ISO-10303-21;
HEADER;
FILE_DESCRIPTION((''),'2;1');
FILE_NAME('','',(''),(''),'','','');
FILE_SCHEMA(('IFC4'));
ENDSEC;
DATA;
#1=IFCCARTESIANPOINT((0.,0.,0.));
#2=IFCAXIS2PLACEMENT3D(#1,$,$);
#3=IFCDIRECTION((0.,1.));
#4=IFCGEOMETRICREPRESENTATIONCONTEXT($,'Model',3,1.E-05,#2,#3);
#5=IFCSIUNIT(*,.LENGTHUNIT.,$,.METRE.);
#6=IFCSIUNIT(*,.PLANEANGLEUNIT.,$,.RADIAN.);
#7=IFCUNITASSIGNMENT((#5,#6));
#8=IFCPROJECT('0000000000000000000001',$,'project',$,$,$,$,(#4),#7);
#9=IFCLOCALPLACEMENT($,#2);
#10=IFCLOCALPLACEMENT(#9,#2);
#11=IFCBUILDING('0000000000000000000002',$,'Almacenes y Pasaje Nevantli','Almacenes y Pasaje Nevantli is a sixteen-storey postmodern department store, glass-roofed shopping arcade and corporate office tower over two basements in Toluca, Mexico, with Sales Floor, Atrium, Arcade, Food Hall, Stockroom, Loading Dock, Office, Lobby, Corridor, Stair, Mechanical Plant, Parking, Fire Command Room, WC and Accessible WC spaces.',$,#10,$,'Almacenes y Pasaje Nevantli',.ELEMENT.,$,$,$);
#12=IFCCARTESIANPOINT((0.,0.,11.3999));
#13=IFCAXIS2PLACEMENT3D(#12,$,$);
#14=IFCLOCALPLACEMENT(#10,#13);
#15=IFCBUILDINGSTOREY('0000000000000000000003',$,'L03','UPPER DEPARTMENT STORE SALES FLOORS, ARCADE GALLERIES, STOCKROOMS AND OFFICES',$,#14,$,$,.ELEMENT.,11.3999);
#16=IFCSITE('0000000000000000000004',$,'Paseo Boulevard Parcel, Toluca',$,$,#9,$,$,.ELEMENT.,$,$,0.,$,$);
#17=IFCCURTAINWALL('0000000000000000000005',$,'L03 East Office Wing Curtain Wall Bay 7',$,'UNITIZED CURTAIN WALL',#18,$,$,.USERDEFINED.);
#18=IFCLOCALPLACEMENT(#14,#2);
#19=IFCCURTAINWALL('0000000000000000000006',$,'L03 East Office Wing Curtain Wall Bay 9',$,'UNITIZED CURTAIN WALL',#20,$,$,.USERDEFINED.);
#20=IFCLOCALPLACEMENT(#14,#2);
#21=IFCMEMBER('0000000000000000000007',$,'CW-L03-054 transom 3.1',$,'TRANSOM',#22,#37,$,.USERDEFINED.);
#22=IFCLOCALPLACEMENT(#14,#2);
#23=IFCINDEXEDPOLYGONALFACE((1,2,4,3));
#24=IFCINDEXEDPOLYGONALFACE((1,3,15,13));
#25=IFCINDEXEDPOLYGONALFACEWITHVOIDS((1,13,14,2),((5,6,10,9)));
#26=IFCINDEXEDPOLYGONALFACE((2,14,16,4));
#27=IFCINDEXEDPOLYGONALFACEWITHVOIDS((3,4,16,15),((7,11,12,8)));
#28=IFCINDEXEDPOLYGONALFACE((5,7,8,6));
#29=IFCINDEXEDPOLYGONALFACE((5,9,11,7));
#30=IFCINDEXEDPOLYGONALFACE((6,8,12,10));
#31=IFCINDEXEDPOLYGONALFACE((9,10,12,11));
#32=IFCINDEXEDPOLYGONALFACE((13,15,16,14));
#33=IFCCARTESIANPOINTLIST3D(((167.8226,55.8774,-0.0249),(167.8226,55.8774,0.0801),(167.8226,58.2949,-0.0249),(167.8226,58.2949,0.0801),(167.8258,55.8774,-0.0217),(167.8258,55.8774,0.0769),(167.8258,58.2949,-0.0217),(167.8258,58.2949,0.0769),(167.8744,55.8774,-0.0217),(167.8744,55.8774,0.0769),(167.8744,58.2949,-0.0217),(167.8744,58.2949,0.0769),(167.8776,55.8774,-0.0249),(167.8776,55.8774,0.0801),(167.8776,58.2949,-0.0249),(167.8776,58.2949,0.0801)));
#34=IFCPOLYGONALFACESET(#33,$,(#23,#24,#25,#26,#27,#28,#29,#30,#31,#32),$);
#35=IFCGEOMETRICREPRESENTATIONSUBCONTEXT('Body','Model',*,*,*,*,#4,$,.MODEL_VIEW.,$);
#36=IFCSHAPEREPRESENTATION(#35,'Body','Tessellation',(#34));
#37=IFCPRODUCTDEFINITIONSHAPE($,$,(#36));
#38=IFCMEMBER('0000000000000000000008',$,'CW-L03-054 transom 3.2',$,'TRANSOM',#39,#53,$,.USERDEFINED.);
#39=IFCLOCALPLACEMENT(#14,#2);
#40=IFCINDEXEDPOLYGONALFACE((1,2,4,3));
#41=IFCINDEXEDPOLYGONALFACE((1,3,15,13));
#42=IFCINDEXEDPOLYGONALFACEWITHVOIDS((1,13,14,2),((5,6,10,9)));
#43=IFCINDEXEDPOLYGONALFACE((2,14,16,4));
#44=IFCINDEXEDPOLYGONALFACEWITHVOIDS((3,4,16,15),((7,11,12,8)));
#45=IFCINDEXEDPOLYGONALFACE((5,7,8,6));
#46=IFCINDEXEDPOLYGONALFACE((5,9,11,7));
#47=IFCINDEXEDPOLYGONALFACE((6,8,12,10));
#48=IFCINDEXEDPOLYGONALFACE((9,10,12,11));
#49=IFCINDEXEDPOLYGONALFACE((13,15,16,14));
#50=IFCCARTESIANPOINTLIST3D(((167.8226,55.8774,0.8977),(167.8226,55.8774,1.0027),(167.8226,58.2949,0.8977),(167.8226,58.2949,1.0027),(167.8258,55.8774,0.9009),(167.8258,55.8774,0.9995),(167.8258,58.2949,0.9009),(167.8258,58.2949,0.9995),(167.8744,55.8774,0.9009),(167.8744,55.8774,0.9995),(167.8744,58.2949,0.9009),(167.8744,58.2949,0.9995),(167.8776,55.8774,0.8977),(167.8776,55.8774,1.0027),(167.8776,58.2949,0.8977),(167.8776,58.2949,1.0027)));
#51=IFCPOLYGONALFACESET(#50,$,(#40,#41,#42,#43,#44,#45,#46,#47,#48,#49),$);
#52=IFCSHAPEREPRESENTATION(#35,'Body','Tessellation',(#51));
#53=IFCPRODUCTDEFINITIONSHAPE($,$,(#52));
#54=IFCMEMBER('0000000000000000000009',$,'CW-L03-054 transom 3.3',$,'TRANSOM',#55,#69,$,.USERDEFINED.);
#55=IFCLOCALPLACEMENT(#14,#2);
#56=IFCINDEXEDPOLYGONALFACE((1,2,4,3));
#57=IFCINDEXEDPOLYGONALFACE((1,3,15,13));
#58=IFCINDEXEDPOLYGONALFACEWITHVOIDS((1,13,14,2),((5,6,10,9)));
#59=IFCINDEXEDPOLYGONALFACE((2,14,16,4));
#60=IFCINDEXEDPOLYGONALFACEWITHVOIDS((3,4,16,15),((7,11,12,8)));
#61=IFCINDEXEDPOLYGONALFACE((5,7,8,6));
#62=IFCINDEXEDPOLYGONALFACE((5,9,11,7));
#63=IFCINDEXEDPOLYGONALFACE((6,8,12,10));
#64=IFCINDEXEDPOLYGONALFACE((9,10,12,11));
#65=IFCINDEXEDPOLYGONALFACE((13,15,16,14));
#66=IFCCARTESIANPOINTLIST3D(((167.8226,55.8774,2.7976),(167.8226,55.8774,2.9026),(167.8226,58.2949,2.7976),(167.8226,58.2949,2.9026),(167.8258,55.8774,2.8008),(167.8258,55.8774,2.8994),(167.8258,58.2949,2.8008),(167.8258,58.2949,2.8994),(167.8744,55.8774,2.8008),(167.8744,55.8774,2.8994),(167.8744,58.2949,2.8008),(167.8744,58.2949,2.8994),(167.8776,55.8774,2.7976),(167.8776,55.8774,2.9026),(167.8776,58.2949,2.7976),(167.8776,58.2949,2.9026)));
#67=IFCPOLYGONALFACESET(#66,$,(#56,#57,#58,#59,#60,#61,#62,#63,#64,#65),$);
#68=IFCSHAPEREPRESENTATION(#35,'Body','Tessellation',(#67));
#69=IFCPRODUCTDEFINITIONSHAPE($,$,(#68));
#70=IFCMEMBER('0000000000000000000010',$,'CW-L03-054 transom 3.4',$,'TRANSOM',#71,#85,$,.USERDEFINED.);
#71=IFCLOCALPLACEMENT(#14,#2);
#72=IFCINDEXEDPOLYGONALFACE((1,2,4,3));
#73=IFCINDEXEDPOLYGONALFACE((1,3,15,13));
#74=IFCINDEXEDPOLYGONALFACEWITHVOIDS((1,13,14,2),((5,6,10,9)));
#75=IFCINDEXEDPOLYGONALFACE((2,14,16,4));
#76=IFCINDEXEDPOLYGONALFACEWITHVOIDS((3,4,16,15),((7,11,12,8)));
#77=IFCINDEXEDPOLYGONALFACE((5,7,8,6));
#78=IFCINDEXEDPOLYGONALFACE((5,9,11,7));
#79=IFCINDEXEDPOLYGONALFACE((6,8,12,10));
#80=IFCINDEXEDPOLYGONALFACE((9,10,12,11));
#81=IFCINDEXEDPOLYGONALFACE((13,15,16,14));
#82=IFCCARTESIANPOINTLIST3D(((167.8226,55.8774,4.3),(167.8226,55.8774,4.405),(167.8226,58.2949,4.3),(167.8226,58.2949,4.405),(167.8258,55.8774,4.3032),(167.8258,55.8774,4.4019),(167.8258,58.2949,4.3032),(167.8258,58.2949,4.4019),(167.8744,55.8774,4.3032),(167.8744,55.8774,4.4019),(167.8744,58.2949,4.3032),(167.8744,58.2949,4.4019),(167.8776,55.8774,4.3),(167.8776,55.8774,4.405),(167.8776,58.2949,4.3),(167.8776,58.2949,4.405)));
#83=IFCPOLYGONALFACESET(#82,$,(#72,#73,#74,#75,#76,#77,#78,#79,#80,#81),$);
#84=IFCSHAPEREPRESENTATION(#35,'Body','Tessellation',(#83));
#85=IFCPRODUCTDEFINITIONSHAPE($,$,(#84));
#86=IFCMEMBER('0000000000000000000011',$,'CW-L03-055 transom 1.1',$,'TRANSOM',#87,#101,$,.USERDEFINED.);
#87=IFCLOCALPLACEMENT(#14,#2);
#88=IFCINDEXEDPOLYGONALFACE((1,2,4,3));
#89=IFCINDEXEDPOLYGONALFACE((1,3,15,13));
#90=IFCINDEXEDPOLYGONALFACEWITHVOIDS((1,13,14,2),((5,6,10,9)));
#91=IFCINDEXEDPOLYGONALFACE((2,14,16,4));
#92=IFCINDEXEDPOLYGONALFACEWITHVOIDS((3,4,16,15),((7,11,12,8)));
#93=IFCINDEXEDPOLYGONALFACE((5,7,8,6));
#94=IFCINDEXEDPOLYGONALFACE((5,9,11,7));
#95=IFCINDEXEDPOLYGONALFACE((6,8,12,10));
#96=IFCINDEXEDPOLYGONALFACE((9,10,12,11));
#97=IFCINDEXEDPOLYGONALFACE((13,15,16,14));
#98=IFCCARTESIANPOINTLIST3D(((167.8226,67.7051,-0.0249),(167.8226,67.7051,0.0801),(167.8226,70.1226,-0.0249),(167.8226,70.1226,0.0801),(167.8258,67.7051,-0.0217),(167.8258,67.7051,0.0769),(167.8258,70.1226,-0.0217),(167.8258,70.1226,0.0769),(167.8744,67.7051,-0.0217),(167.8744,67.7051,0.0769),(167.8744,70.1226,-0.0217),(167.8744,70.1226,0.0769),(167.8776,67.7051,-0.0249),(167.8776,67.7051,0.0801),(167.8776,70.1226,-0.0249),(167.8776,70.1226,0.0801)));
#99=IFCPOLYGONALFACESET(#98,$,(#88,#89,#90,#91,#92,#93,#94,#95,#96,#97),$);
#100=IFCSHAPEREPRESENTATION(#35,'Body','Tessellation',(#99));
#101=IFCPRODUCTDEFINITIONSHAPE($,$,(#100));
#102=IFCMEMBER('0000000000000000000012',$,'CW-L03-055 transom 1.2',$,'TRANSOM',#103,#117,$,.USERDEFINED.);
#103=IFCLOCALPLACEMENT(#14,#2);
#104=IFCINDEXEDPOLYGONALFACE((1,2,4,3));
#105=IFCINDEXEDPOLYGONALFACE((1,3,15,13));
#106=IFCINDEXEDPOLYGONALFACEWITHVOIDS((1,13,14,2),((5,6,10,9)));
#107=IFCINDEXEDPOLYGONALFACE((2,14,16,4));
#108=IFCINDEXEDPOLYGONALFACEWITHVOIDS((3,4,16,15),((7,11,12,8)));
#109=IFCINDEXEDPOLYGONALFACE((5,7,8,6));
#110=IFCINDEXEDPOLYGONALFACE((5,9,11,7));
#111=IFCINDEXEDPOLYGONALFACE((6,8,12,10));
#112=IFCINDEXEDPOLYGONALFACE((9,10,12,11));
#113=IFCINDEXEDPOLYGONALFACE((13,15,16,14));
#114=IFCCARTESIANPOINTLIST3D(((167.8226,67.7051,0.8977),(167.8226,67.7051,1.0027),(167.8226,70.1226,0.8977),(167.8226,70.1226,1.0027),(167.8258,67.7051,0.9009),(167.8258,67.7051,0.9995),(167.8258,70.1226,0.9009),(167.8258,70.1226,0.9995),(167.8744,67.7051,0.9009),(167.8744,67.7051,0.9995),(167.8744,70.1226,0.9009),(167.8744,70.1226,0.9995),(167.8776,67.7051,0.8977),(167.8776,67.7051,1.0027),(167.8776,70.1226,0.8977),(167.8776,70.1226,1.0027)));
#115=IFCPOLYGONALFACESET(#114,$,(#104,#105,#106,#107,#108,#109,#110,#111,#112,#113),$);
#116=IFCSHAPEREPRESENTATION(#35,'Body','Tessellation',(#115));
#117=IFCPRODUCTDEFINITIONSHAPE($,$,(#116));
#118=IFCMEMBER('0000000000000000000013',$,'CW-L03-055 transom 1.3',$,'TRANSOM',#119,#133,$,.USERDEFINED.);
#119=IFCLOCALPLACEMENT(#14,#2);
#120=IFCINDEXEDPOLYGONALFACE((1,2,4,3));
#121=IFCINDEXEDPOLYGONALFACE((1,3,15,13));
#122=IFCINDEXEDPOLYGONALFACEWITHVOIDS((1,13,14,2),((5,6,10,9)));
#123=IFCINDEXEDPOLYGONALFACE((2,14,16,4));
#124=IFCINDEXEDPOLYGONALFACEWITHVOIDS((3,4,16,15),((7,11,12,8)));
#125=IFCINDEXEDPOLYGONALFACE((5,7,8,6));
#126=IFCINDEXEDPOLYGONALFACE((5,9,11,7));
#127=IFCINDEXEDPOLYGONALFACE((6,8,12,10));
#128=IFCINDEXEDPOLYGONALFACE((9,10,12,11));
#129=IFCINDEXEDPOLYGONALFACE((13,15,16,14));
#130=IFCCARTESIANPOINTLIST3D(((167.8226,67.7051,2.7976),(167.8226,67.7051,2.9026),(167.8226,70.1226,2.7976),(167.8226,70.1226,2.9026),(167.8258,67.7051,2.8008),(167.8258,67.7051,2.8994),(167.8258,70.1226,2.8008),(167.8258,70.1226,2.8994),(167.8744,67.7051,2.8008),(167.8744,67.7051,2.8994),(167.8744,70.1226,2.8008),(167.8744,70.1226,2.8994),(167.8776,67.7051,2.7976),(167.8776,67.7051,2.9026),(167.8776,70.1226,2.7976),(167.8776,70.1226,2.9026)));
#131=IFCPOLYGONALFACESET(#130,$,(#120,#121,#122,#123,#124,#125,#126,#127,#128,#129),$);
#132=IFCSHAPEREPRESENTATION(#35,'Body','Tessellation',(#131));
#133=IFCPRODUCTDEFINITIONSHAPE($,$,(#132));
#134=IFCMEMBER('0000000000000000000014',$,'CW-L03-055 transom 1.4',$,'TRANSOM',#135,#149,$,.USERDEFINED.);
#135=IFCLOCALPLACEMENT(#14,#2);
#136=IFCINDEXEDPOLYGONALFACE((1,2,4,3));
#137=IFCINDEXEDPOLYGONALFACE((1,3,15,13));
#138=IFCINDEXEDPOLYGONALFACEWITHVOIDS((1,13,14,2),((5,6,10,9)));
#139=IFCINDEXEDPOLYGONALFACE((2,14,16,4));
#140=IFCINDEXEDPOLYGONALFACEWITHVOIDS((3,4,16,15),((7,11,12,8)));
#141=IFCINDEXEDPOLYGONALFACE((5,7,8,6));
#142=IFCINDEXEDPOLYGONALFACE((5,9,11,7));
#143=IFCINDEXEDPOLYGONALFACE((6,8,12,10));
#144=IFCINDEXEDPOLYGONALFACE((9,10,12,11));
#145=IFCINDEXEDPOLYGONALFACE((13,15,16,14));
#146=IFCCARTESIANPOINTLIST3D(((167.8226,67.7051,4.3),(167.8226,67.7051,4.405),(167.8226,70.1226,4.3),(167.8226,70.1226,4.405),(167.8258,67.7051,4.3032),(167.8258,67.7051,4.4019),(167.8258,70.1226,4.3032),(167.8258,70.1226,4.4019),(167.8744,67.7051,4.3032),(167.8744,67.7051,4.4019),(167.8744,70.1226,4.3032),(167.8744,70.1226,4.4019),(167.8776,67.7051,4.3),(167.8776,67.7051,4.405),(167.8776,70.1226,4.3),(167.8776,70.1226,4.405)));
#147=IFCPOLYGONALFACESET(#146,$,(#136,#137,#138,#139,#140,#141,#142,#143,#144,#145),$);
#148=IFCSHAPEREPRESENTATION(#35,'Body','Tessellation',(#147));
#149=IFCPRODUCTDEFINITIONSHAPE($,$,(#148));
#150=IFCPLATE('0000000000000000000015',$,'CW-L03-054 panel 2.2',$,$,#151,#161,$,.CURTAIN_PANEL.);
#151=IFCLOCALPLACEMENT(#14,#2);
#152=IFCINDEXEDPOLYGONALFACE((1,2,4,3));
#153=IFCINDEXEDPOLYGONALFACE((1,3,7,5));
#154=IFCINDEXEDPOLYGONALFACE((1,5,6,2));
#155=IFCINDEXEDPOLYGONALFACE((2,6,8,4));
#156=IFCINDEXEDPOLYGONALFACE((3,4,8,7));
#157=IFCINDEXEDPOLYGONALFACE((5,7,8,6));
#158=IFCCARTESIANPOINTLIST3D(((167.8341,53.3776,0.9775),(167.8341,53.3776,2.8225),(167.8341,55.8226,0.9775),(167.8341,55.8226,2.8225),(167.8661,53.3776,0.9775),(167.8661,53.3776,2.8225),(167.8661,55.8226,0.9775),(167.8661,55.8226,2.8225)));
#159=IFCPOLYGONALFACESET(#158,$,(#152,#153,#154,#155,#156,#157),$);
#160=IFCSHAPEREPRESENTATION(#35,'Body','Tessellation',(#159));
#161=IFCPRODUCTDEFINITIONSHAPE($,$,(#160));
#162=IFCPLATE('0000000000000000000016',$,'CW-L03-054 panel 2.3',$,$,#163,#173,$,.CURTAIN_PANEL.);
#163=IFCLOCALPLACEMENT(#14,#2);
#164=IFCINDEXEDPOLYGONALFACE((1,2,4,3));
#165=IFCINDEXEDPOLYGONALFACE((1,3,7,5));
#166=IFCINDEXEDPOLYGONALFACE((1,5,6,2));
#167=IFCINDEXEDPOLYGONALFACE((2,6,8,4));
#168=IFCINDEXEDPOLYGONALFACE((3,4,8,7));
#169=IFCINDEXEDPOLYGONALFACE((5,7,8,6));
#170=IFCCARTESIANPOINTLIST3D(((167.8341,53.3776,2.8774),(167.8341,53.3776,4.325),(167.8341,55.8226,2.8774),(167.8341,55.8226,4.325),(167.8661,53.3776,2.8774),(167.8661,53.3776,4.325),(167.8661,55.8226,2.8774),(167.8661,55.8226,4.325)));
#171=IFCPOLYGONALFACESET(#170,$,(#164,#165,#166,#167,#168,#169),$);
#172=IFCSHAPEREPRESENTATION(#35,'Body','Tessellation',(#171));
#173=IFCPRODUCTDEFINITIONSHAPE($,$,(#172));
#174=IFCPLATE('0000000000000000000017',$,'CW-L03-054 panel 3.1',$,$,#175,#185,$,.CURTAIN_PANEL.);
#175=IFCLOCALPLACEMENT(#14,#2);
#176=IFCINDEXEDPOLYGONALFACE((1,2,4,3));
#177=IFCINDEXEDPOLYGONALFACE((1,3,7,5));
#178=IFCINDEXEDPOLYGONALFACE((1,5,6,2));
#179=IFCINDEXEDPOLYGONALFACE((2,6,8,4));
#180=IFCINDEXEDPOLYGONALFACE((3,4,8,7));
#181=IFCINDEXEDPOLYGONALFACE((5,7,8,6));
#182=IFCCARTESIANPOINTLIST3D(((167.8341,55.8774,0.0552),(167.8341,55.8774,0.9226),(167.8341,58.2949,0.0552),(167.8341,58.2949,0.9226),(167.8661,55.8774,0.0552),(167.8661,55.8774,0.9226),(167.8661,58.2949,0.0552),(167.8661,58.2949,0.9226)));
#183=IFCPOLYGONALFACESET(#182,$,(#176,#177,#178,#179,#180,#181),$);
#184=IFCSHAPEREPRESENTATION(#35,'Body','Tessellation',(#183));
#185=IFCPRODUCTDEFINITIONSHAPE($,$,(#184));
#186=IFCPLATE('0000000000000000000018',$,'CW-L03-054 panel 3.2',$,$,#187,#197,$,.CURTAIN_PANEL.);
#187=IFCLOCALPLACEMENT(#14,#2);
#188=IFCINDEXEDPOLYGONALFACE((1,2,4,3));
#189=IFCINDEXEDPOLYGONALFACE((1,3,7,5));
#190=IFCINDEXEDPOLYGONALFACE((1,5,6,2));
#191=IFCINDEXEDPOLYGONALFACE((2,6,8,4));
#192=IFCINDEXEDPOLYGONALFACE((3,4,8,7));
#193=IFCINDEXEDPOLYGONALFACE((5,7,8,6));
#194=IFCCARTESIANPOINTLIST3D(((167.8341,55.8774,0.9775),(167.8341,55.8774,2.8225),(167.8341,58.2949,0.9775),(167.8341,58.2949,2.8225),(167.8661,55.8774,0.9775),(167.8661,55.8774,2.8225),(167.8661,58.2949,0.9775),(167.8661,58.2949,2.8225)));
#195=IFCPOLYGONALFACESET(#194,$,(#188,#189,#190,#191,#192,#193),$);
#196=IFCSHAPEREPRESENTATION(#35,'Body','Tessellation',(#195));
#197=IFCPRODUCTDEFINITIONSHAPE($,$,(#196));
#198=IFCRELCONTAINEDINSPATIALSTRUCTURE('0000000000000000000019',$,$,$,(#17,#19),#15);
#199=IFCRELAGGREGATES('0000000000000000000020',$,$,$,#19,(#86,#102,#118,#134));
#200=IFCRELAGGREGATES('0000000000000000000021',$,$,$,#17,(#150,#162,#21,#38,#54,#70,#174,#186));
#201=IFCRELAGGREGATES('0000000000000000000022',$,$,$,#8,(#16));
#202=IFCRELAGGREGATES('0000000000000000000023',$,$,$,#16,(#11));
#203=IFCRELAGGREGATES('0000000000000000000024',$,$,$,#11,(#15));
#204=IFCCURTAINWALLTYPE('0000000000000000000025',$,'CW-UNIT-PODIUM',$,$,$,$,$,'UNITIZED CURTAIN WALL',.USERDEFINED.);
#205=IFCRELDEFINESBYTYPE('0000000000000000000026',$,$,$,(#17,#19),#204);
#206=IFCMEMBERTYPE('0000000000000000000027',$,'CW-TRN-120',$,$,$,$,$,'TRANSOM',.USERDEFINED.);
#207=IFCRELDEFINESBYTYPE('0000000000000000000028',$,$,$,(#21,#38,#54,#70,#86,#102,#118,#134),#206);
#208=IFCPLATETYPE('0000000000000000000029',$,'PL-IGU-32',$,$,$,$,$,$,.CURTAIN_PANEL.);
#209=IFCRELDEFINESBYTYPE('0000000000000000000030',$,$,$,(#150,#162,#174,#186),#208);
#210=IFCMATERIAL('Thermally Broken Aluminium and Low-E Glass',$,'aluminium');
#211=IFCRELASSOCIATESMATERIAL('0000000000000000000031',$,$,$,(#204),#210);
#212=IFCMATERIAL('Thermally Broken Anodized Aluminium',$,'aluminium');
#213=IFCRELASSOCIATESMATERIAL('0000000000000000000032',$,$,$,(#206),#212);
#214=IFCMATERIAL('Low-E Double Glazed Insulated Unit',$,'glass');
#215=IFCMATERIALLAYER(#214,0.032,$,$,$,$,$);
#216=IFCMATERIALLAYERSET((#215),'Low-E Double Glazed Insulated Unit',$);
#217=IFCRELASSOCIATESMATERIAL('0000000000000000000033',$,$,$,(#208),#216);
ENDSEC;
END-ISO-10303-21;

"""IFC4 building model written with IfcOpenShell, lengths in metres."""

from ifc_helpers import new_model, si_unit, direction, frame, origin, origin_2d, place, context, subcontext, project, spatial, rectangle, hollow_rectangle, extrude, material, layer, layer_set, material_profile, profile_set, type_object, element, aggregate, save


model = new_model("IFC4")

# Units and contexts
model_context = context("Model", 3, precision=1e-05, world=origin(), true_north=direction((0.0, 1.0)))
body_context = subcontext(model_context, "Body", "Model", "MODEL_VIEW")
ifc_project = project(units=[si_unit("LENGTHUNIT", "METRE"), si_unit("PLANEANGLEUNIT", "RADIAN")], contexts=[model_context])

# Site, building, storey
site_placement = place(None, origin())
site = spatial("IfcSite", under=ifc_project, at=site_placement, Name="Paseo Boulevard Parcel, Toluca", CompositionType="ELEMENT", RefElevation=0.0)
building_placement = place(site_placement, origin())
building = spatial("IfcBuilding", under=site, at=building_placement, Name="Almacenes y Pasaje Nevantli", Description="Almacenes y Pasaje Nevantli is a sixteen-storey postmodern department store, glass-roofed shopping arcade and corporate office tower over two basements in Toluca, Mexico, with Sales Floor, Atrium, Arcade, Food Hall, Stockroom, Loading Dock, Office, Lobby, Corridor, Stair, Mechanical Plant, Parking, Fire Command Room, WC and Accessible WC spaces.", LongName="Almacenes y Pasaje Nevantli", CompositionType="ELEMENT")
storey_placement = place(building_placement, frame((0.0, 0.0, 11.3999)))
storey = spatial("IfcBuildingStorey", under=building, at=storey_placement, Name="L03", Description="UPPER DEPARTMENT STORE SALES FLOORS, ARCADE GALLERIES, STOCKROOMS AND OFFICES", CompositionType="ELEMENT", Elevation=11.3999)

# Curtain wall
ifc_material_1 = material(Name="Thermally Broken Aluminium and Low-E Glass", Category="aluminium")
curtain_wall_type = type_object("IfcCurtainWallType", Name="CW-UNIT-PODIUM", ElementType="UNITIZED CURTAIN WALL", PredefinedType="USERDEFINED", material=ifc_material_1)
curtain_wall_1_placement = place(storey_placement, origin())
curtain_wall_1 = element("IfcCurtainWall", 1, at=curtain_wall_1_placement, inside=storey, type_object=curtain_wall_type, Name="L03 East Office Wing Curtain Wall Bay 7", ObjectType="UNITIZED CURTAIN WALL", PredefinedType="USERDEFINED")

# Curtain wall
curtain_wall_2_placement = place(storey_placement, origin())
curtain_wall_2 = element("IfcCurtainWall", 2, at=curtain_wall_2_placement, inside=storey, type_object=curtain_wall_type, Name="L03 East Office Wing Curtain Wall Bay 9", ObjectType="UNITIZED CURTAIN WALL", PredefinedType="USERDEFINED")

# Members
ifc_material_2 = material(Name="Thermally Broken Anodized Aluminium", Category="aluminium")
ifc_material_profile_1 = material_profile(ifc_material_2, hollow_rectangle(XDim=0.0549, YDim=0.105, WallThickness=0.0032, at=origin_2d()), Name="ALU-TRN-55x105")
ifc_profile_set_1 = profile_set([ifc_material_profile_1], Name="Thermally Broken Anodized Aluminium")
member_type_1 = type_object("IfcMemberType", Name="CW-TRN-120", ElementType="TRANSOM", PredefinedType="USERDEFINED", material=ifc_profile_set_1)
member_1_placement = place(storey_placement, frame((167.8501, 55.8774, 0.0276), z_axis=(0.0, 1.0, 0.0), x_axis=(-1.0, 0.0, 0.0)))
member_1 = element("IfcMember", 3, at=member_1_placement, type_object=member_type_1, Name="CW-L03-054 transom 3.1", ObjectType="TRANSOM", PredefinedType="USERDEFINED", context=body_context, shape_type="SweptSolid", body=[
    extrude(hollow_rectangle(XDim=0.0549, YDim=0.105, WallThickness=0.0032, at=origin_2d()), origin(), (0.0, 0.0, 1.0), 2.4175),
])
member_2_placement = place(storey_placement, frame((167.8501, 55.8774, 0.9502), z_axis=(0.0, 1.0, 0.0), x_axis=(-1.0, 0.0, 0.0)))
member_2 = element("IfcMember", 4, at=member_2_placement, type_object=member_type_1, Name="CW-L03-054 transom 3.2", ObjectType="TRANSOM", PredefinedType="USERDEFINED", context=body_context, shape_type="SweptSolid", body=[
    extrude(hollow_rectangle(XDim=0.0549, YDim=0.105, WallThickness=0.0032, at=origin_2d()), origin(), (0.0, 0.0, 1.0), 2.4175),
])
member_3_placement = place(storey_placement, frame((167.8501, 55.8774, 2.8501), z_axis=(0.0, 1.0, 0.0), x_axis=(-1.0, 0.0, 0.0)))
member_3 = element("IfcMember", 5, at=member_3_placement, type_object=member_type_1, Name="CW-L03-054 transom 3.3", ObjectType="TRANSOM", PredefinedType="USERDEFINED", context=body_context, shape_type="SweptSolid", body=[
    extrude(hollow_rectangle(XDim=0.0549, YDim=0.105, WallThickness=0.0032, at=origin_2d()), origin(), (0.0, 0.0, 1.0), 2.4175),
])
member_4_placement = place(storey_placement, frame((167.8501, 55.8774, 4.3525), z_axis=(0.0, 1.0, 0.0), x_axis=(-1.0, 0.0, 0.0)))
member_4 = element("IfcMember", 6, at=member_4_placement, type_object=member_type_1, Name="CW-L03-054 transom 3.4", ObjectType="TRANSOM", PredefinedType="USERDEFINED", context=body_context, shape_type="SweptSolid", body=[
    extrude(hollow_rectangle(XDim=0.0549, YDim=0.105, WallThickness=0.0032, at=origin_2d()), origin(), (0.0, 0.0, 1.0), 2.4175),
])
member_5_placement = place(storey_placement, frame((167.8501, 67.7051, 0.0276), z_axis=(0.0, 1.0, 0.0), x_axis=(-1.0, 0.0, 0.0)))
member_5 = element("IfcMember", 7, at=member_5_placement, type_object=member_type_1, Name="CW-L03-055 transom 1.1", ObjectType="TRANSOM", PredefinedType="USERDEFINED", context=body_context, shape_type="SweptSolid", body=[
    extrude(hollow_rectangle(XDim=0.0549, YDim=0.105, WallThickness=0.0032, at=origin_2d()), origin(), (0.0, 0.0, 1.0), 2.4175),
])
member_6_placement = place(storey_placement, frame((167.8501, 67.7051, 0.9502), z_axis=(0.0, 1.0, 0.0), x_axis=(-1.0, 0.0, 0.0)))
member_6 = element("IfcMember", 8, at=member_6_placement, type_object=member_type_1, Name="CW-L03-055 transom 1.2", ObjectType="TRANSOM", PredefinedType="USERDEFINED", context=body_context, shape_type="SweptSolid", body=[
    extrude(hollow_rectangle(XDim=0.0549, YDim=0.105, WallThickness=0.0032, at=origin_2d()), origin(), (0.0, 0.0, 1.0), 2.4175),
])
member_7_placement = place(storey_placement, frame((167.8501, 67.7051, 2.8501), z_axis=(0.0, 1.0, 0.0), x_axis=(-1.0, 0.0, 0.0)))
member_7 = element("IfcMember", 9, at=member_7_placement, type_object=member_type_1, Name="CW-L03-055 transom 1.3", ObjectType="TRANSOM", PredefinedType="USERDEFINED", context=body_context, shape_type="SweptSolid", body=[
    extrude(hollow_rectangle(XDim=0.0549, YDim=0.105, WallThickness=0.0032, at=origin_2d()), origin(), (0.0, 0.0, 1.0), 2.4175),
])
member_8_placement = place(storey_placement, frame((167.8501, 67.7051, 4.3525), z_axis=(0.0, 1.0, 0.0), x_axis=(-1.0, 0.0, 0.0)))
member_8 = element("IfcMember", 10, at=member_8_placement, type_object=member_type_1, Name="CW-L03-055 transom 1.4", ObjectType="TRANSOM", PredefinedType="USERDEFINED", context=body_context, shape_type="SweptSolid", body=[
    extrude(hollow_rectangle(XDim=0.0549, YDim=0.105, WallThickness=0.0032, at=origin_2d()), origin(), (0.0, 0.0, 1.0), 2.4175),
])
aggregate(curtain_wall_2, [member_5, member_6, member_7, member_8])

# Plates
ifc_material_3 = material(Name="Low-E Double Glazed Insulated Unit", Category="glass")
ifc_layer_1 = layer(ifc_material_3, 0.032)
ifc_layer_set_1 = layer_set([ifc_layer_1], Name="Low-E Double Glazed Insulated Unit")
plate_type = type_object("IfcPlateType", Name="PL-IGU-32", PredefinedType="CURTAIN_PANEL", material=ifc_layer_set_1)
plate_1_placement = place(storey_placement, frame((167.8501, 54.6001, 0.9775), z_axis=(0.0, 0.0, 1.0), x_axis=(0.0, 1.0, 0.0)))
plate_1 = element("IfcPlate", 11, at=plate_1_placement, type_object=plate_type, Name="CW-L03-054 panel 2.2", PredefinedType="CURTAIN_PANEL", context=body_context, shape_type="SweptSolid", body=[
    extrude(rectangle(XDim=2.4451, YDim=0.032, at=origin_2d()), origin(), (0.0, 0.0, 1.0), 1.845),
])
plate_2_placement = place(storey_placement, frame((167.8501, 54.6001, 2.8774), z_axis=(0.0, 0.0, 1.0), x_axis=(0.0, 1.0, 0.0)))
plate_2 = element("IfcPlate", 12, at=plate_2_placement, type_object=plate_type, Name="CW-L03-054 panel 2.3", PredefinedType="CURTAIN_PANEL", context=body_context, shape_type="SweptSolid", body=[
    extrude(rectangle(XDim=2.4451, YDim=0.032, at=origin_2d()), origin(), (0.0, 0.0, 1.0), 1.4475),
])
plate_3_placement = place(storey_placement, frame((167.8501, 57.0862, 0.0552), z_axis=(0.0, 0.0, 1.0), x_axis=(0.0, 1.0, 0.0)))
plate_3 = element("IfcPlate", 13, at=plate_3_placement, type_object=plate_type, Name="CW-L03-054 panel 3.1", PredefinedType="CURTAIN_PANEL", context=body_context, shape_type="SweptSolid", body=[
    extrude(rectangle(XDim=2.4175, YDim=0.032, at=origin_2d()), origin(), (0.0, 0.0, 1.0), 0.8674),
])
plate_4_placement = place(storey_placement, frame((167.8501, 57.0862, 0.9775), z_axis=(0.0, 0.0, 1.0), x_axis=(0.0, 1.0, 0.0)))
plate_4 = element("IfcPlate", 14, at=plate_4_placement, type_object=plate_type, Name="CW-L03-054 panel 3.2", PredefinedType="CURTAIN_PANEL", context=body_context, shape_type="SweptSolid", body=[
    extrude(rectangle(XDim=2.4175, YDim=0.032, at=origin_2d()), origin(), (0.0, 0.0, 1.0), 1.845),
])
aggregate(curtain_wall_1, [plate_1, plate_2, member_1, member_2, member_3, member_4, plate_3, plate_4])

save(model, "model.ifc")
